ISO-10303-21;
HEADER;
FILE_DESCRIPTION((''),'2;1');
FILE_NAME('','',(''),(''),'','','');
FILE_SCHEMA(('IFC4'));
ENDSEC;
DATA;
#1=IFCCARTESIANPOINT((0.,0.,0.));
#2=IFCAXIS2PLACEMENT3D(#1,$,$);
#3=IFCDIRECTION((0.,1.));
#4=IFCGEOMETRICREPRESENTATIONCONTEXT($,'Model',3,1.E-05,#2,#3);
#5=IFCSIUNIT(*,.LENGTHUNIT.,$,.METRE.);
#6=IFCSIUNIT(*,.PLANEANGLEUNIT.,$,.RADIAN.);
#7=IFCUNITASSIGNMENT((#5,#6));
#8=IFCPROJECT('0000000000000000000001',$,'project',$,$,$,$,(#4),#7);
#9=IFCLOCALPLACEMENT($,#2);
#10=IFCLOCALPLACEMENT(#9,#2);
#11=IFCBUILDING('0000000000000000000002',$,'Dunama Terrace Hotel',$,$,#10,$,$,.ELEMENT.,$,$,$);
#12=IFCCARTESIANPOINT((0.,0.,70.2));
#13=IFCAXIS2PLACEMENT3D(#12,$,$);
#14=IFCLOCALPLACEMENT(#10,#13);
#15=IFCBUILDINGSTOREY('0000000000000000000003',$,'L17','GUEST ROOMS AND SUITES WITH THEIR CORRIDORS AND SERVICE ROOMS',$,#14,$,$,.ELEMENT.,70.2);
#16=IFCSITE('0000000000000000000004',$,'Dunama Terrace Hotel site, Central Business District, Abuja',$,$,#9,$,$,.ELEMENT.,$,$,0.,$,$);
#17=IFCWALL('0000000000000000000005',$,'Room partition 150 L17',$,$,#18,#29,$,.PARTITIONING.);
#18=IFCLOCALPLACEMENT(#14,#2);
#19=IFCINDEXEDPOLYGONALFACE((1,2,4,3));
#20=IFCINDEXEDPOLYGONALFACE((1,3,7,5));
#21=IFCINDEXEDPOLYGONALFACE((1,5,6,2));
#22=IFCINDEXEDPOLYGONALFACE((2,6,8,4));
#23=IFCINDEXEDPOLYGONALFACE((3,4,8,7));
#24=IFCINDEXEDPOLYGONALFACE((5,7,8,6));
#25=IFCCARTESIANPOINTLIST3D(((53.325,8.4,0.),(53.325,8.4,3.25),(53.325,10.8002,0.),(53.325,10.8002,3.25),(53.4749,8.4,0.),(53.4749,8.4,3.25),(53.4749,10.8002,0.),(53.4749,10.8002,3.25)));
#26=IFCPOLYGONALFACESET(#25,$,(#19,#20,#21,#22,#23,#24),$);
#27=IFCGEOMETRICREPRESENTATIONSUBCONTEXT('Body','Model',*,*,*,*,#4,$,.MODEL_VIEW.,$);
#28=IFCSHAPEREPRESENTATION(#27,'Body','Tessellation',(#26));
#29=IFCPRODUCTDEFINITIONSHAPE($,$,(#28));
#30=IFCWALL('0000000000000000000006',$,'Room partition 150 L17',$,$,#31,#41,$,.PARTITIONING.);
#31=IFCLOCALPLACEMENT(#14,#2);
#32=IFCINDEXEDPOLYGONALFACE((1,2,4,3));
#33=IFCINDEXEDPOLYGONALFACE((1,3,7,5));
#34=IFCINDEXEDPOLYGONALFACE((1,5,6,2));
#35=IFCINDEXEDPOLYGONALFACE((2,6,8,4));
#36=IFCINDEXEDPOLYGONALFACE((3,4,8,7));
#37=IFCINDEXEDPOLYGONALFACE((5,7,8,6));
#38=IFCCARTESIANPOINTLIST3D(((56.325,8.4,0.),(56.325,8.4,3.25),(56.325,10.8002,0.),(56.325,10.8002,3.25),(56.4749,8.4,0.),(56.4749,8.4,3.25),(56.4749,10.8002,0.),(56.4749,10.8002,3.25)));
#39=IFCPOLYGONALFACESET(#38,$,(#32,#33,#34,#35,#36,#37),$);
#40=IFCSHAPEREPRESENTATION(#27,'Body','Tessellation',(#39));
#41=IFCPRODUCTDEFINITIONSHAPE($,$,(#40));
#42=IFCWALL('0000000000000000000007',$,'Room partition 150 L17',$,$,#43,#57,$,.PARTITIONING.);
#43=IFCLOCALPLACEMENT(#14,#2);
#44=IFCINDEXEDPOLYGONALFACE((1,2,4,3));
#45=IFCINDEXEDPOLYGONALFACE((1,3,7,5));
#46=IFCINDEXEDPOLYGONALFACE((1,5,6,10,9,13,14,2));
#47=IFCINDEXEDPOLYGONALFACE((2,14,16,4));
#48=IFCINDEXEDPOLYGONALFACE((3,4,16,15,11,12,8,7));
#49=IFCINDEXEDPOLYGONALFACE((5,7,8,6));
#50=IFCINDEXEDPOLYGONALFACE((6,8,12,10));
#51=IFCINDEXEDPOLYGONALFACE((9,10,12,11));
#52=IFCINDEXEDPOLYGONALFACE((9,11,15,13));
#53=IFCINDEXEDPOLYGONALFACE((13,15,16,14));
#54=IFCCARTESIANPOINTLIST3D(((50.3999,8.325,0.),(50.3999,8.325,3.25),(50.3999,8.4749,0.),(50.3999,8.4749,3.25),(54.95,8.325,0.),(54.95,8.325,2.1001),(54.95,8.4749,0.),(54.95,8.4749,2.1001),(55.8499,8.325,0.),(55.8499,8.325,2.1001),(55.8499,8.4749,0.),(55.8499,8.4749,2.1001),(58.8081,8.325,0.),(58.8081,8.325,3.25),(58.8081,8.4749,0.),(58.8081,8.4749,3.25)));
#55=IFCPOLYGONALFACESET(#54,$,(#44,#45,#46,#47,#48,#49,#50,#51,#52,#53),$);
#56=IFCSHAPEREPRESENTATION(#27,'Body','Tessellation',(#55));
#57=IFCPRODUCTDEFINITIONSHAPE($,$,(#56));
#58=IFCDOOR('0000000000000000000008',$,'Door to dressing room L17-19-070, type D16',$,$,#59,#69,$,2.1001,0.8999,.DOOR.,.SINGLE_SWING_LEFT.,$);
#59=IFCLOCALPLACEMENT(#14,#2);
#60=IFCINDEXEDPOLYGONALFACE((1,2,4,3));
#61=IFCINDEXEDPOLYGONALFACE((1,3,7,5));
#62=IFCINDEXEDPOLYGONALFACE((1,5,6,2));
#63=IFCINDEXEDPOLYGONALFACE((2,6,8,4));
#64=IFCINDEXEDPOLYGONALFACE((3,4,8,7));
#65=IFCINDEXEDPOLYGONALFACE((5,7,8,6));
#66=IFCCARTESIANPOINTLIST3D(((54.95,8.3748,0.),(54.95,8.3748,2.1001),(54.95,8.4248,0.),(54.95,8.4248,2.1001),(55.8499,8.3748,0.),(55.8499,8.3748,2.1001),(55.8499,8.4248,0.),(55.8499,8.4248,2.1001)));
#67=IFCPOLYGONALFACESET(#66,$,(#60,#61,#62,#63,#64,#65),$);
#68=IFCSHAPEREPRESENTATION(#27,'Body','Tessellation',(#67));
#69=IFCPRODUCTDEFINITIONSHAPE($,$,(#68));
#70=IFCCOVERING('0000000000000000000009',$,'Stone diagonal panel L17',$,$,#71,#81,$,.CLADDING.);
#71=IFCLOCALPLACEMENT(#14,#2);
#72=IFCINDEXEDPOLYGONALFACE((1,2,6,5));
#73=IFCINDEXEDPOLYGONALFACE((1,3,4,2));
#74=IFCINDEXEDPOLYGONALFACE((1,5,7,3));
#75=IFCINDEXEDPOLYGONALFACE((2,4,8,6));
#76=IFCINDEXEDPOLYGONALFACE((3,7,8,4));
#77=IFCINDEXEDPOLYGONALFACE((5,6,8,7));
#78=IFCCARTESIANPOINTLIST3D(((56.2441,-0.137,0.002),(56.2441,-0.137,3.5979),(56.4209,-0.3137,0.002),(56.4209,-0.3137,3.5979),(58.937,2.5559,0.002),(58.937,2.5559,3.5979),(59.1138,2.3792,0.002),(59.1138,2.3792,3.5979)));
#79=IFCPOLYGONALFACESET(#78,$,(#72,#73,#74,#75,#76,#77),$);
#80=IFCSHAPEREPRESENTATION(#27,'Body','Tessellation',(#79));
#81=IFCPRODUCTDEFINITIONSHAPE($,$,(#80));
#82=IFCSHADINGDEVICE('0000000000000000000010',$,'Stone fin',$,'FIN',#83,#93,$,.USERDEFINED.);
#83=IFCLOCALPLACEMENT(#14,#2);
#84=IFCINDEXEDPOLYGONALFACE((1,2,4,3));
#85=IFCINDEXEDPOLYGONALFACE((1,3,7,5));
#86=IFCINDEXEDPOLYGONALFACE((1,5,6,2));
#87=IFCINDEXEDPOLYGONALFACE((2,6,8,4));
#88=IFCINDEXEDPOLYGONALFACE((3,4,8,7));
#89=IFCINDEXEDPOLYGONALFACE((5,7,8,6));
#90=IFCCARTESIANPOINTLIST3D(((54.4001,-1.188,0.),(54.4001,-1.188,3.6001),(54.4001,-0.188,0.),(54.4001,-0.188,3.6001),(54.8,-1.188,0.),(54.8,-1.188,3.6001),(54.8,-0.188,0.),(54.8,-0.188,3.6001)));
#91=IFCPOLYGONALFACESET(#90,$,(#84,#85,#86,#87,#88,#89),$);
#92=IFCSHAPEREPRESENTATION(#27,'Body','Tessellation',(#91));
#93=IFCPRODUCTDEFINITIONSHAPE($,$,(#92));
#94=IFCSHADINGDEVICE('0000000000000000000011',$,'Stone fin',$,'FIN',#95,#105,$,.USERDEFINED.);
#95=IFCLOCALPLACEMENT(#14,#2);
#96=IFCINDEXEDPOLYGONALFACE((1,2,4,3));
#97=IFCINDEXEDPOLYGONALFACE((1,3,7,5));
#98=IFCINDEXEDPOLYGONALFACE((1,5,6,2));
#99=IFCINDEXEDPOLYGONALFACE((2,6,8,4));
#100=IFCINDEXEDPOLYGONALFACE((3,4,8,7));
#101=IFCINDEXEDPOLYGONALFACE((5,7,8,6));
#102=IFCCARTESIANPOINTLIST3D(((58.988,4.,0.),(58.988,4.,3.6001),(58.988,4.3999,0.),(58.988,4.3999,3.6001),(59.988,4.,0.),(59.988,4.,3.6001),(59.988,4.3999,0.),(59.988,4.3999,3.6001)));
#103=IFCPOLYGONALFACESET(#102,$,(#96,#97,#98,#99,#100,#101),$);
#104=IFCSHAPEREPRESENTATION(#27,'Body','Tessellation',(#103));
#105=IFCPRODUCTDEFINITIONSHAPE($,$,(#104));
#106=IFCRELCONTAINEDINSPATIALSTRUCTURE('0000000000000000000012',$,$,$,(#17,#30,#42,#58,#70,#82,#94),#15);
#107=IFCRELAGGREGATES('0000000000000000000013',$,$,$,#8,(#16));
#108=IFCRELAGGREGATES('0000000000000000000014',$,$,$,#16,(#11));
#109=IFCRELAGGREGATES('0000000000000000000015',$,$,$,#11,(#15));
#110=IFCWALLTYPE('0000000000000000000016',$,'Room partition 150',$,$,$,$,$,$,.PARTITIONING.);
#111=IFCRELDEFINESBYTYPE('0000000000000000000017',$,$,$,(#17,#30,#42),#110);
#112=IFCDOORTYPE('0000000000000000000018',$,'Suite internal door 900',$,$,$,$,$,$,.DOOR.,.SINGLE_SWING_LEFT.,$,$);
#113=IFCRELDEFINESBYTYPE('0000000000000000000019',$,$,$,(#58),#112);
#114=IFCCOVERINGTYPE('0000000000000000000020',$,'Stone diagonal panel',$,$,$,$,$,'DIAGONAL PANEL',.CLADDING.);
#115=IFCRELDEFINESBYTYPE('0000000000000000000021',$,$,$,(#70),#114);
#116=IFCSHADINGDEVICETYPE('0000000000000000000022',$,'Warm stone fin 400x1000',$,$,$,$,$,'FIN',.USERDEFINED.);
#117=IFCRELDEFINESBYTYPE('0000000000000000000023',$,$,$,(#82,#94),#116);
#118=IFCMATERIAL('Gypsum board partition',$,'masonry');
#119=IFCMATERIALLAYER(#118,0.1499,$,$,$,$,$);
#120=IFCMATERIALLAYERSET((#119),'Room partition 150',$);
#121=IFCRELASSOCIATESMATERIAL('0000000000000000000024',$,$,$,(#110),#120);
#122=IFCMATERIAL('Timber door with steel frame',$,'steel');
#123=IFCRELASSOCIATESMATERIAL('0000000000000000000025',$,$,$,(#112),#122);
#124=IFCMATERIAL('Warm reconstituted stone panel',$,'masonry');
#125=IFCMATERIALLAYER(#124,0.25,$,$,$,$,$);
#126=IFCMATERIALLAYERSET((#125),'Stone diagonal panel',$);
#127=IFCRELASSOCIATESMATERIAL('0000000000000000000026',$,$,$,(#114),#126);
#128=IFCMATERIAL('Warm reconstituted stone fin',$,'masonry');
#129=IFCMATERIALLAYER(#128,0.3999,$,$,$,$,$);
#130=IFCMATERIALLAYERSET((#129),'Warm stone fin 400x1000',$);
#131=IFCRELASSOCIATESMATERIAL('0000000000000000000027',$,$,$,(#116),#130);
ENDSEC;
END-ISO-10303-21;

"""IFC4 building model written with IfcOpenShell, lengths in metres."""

from ifc_helpers import new_model, si_unit, direction, frame, frame_2d, origin, origin_2d, place, context, subcontext, project, spatial, rectangle, extrude, material, layer, layer_set, type_object, element, fill, save


model = new_model("IFC4")

# Units and contexts
model_context = context("Model", 3, precision=1e-05, world=origin(), true_north=direction((0.0, 1.0)))
body_context = subcontext(model_context, "Body", "Model", "MODEL_VIEW")
ifc_project = project(units=[si_unit("LENGTHUNIT", "METRE"), si_unit("PLANEANGLEUNIT", "RADIAN")], contexts=[model_context])

# Site, building, storey
site_placement = place(None, origin())
site = spatial("IfcSite", under=ifc_project, at=site_placement, Name="Dunama Terrace Hotel site, Central Business District, Abuja", CompositionType="ELEMENT", RefElevation=0.0)
building_placement = place(site_placement, origin())
building = spatial("IfcBuilding", under=site, at=building_placement, Name="Dunama Terrace Hotel", CompositionType="ELEMENT")
storey_placement = place(building_placement, frame((0.0, 0.0, 70.2)))
storey = spatial("IfcBuildingStorey", under=building, at=storey_placement, Name="L17", Description="GUEST ROOMS AND SUITES WITH THEIR CORRIDORS AND SERVICE ROOMS", CompositionType="ELEMENT", Elevation=70.2)

# Shared definitions
ifc_material_1 = material(Name="Gypsum board partition", Category="masonry")
ifc_layer_1 = layer(ifc_material_1, 0.1499)
ifc_layer_set_1 = layer_set([ifc_layer_1], Name="Room partition 150")
wall_type_1 = type_object("IfcWallType", Name="Room partition 150", PredefinedType="PARTITIONING", material=ifc_layer_set_1)
ifc_material_2 = material(Name="Timber door with steel frame", Category="steel")
door_type_1 = type_object("IfcDoorType", Name="Suite internal door 900", OperationType="SINGLE_SWING_LEFT", PredefinedType="DOOR", material=ifc_material_2)

# Walls
for number, where, z_axis, x_axis, name in (
    (1, (53.3999, 8.3999, 0.0), (0.0, 0.0, 1.0), (0.0, 1.0, 0.0), "Room partition 150 L17"),
    (2, (56.3999, 8.3999, 0.0), (0.0, 0.0, 1.0), (0.0, 1.0, 0.0), "Room partition 150 L17"),
):
    element("IfcWall", number, at=place(storey_placement, frame(where, z_axis=z_axis, x_axis=x_axis)), inside=storey, type_object=wall_type_1, Name=name, PredefinedType="PARTITIONING", context=body_context, shape_type="SweptSolid", body=[
        extrude(rectangle(XDim=2.4001, YDim=0.1499, at=frame_2d((1.2002, 0.0))), origin(), (0.0, 0.0, 1.0), 3.25),
    ])

# Wall, opening, door
wall_1_placement = place(storey_placement, frame((50.3999, 8.3999, 0.0), z_axis=(0.0, 0.0, 1.0), x_axis=(1.0, 0.0, 0.0)))
wall_1 = element("IfcWall", 3, at=wall_1_placement, inside=storey, type_object=wall_type_1, Name="Room partition 150 L17", PredefinedType="PARTITIONING", context=body_context, shape_type="SweptSolid", body=[
    extrude(rectangle(XDim=8.4082, YDim=0.1499, at=frame_2d((4.2041, 0.0))), origin(), (0.0, 0.0, 1.0), 3.25),
])
opening_1_placement = place(wall_1_placement, frame((4.55, 0.0, 0.0)))
opening_1 = element("IfcOpeningElement", 4, at=opening_1_placement, cuts=wall_1, PredefinedType="OPENING", context=body_context, shape_type="SweptSolid", body=[
    extrude(rectangle(XDim=0.8999, YDim=2.1001, at=frame_2d((0.45, 1.05))), frame((0.0, 0.085, 0.0), z_axis=(0.0, -1.0, 0.0), x_axis=(1.0, 0.0, 0.0)), (0.0, 0.0, 1.0), 0.1699),
])
door_1_placement = place(opening_1_placement, origin())
door_1 = element("IfcDoor", 5, at=door_1_placement, inside=storey, type_object=door_type_1, Name="Door to dressing room L17-19-070, type D16", OperationType="SINGLE_SWING_LEFT", OverallHeight=2.1001, OverallWidth=0.8999, PredefinedType="DOOR", context=body_context, shape_type="SweptSolid", body=[
    extrude(rectangle(XDim=0.8999, YDim=2.1001, at=frame_2d((0.45, 1.05))), frame((0.0, 0.0249, 0.0), z_axis=(0.0, -1.0, 0.0), x_axis=(1.0, 0.0, 0.0)), (0.0, 0.0, 1.0), 0.05),
])
fill(opening_1, door_1)

# Covering
ifc_material_3 = material(Name="Warm reconstituted stone panel", Category="masonry")
ifc_layer_2 = layer(ifc_material_3, 0.25)
ifc_layer_set_2 = layer_set([ifc_layer_2], Name="Stone diagonal panel")
covering_type = type_object("IfcCoveringType", Name="Stone diagonal panel", ElementType="DIAGONAL PANEL", PredefinedType="CLADDING", material=ifc_layer_set_2)
covering_placement = place(storey_placement, frame((57.679, 1.1211, 0.002), z_axis=(0.0, 0.0, 1.0), x_axis=(0.707107, 0.707107, 0.0)))
element("IfcCovering", 6, at=covering_placement, inside=storey, type_object=covering_type, Name="Stone diagonal panel L17", PredefinedType="CLADDING", context=body_context, shape_type="SweptSolid", body=[
    extrude(rectangle(XDim=3.8083, YDim=0.25, at=origin_2d()), origin(), (0.0, 0.0, 1.0), 3.5959),
])

# Shading devices
ifc_material_4 = material(Name="Warm reconstituted stone fin", Category="masonry")
ifc_layer_3 = layer(ifc_material_4, 0.3999)
ifc_layer_set_3 = layer_set([ifc_layer_3], Name="Warm stone fin 400x1000")
shading_device_type = type_object("IfcShadingDeviceType", Name="Warm stone fin 400x1000", ElementType="FIN", PredefinedType="USERDEFINED", material=ifc_layer_set_3)
for number, where, z_axis, x_axis, name in (
    (7, (54.6001, -0.688, 0.0), (0.0, 0.0, 1.0), (1.0, 0.0, 0.0), "Stone fin"),
    (8, (59.488, 4.2, 0.0), (0.0, 0.0, 1.0), (0.0, 1.0, 0.0), "Stone fin"),
):
    element("IfcShadingDevice", number, at=place(storey_placement, frame(where, z_axis=z_axis, x_axis=x_axis)), inside=storey, type_object=shading_device_type, Name=name, ObjectType="FIN", PredefinedType="USERDEFINED", context=body_context, shape_type="SweptSolid", body=[
        extrude(rectangle(XDim=0.3999, YDim=1.0, at=origin_2d()), origin(), (0.0, 0.0, 1.0), 3.6001),
    ])

save(model, "model.ifc")
